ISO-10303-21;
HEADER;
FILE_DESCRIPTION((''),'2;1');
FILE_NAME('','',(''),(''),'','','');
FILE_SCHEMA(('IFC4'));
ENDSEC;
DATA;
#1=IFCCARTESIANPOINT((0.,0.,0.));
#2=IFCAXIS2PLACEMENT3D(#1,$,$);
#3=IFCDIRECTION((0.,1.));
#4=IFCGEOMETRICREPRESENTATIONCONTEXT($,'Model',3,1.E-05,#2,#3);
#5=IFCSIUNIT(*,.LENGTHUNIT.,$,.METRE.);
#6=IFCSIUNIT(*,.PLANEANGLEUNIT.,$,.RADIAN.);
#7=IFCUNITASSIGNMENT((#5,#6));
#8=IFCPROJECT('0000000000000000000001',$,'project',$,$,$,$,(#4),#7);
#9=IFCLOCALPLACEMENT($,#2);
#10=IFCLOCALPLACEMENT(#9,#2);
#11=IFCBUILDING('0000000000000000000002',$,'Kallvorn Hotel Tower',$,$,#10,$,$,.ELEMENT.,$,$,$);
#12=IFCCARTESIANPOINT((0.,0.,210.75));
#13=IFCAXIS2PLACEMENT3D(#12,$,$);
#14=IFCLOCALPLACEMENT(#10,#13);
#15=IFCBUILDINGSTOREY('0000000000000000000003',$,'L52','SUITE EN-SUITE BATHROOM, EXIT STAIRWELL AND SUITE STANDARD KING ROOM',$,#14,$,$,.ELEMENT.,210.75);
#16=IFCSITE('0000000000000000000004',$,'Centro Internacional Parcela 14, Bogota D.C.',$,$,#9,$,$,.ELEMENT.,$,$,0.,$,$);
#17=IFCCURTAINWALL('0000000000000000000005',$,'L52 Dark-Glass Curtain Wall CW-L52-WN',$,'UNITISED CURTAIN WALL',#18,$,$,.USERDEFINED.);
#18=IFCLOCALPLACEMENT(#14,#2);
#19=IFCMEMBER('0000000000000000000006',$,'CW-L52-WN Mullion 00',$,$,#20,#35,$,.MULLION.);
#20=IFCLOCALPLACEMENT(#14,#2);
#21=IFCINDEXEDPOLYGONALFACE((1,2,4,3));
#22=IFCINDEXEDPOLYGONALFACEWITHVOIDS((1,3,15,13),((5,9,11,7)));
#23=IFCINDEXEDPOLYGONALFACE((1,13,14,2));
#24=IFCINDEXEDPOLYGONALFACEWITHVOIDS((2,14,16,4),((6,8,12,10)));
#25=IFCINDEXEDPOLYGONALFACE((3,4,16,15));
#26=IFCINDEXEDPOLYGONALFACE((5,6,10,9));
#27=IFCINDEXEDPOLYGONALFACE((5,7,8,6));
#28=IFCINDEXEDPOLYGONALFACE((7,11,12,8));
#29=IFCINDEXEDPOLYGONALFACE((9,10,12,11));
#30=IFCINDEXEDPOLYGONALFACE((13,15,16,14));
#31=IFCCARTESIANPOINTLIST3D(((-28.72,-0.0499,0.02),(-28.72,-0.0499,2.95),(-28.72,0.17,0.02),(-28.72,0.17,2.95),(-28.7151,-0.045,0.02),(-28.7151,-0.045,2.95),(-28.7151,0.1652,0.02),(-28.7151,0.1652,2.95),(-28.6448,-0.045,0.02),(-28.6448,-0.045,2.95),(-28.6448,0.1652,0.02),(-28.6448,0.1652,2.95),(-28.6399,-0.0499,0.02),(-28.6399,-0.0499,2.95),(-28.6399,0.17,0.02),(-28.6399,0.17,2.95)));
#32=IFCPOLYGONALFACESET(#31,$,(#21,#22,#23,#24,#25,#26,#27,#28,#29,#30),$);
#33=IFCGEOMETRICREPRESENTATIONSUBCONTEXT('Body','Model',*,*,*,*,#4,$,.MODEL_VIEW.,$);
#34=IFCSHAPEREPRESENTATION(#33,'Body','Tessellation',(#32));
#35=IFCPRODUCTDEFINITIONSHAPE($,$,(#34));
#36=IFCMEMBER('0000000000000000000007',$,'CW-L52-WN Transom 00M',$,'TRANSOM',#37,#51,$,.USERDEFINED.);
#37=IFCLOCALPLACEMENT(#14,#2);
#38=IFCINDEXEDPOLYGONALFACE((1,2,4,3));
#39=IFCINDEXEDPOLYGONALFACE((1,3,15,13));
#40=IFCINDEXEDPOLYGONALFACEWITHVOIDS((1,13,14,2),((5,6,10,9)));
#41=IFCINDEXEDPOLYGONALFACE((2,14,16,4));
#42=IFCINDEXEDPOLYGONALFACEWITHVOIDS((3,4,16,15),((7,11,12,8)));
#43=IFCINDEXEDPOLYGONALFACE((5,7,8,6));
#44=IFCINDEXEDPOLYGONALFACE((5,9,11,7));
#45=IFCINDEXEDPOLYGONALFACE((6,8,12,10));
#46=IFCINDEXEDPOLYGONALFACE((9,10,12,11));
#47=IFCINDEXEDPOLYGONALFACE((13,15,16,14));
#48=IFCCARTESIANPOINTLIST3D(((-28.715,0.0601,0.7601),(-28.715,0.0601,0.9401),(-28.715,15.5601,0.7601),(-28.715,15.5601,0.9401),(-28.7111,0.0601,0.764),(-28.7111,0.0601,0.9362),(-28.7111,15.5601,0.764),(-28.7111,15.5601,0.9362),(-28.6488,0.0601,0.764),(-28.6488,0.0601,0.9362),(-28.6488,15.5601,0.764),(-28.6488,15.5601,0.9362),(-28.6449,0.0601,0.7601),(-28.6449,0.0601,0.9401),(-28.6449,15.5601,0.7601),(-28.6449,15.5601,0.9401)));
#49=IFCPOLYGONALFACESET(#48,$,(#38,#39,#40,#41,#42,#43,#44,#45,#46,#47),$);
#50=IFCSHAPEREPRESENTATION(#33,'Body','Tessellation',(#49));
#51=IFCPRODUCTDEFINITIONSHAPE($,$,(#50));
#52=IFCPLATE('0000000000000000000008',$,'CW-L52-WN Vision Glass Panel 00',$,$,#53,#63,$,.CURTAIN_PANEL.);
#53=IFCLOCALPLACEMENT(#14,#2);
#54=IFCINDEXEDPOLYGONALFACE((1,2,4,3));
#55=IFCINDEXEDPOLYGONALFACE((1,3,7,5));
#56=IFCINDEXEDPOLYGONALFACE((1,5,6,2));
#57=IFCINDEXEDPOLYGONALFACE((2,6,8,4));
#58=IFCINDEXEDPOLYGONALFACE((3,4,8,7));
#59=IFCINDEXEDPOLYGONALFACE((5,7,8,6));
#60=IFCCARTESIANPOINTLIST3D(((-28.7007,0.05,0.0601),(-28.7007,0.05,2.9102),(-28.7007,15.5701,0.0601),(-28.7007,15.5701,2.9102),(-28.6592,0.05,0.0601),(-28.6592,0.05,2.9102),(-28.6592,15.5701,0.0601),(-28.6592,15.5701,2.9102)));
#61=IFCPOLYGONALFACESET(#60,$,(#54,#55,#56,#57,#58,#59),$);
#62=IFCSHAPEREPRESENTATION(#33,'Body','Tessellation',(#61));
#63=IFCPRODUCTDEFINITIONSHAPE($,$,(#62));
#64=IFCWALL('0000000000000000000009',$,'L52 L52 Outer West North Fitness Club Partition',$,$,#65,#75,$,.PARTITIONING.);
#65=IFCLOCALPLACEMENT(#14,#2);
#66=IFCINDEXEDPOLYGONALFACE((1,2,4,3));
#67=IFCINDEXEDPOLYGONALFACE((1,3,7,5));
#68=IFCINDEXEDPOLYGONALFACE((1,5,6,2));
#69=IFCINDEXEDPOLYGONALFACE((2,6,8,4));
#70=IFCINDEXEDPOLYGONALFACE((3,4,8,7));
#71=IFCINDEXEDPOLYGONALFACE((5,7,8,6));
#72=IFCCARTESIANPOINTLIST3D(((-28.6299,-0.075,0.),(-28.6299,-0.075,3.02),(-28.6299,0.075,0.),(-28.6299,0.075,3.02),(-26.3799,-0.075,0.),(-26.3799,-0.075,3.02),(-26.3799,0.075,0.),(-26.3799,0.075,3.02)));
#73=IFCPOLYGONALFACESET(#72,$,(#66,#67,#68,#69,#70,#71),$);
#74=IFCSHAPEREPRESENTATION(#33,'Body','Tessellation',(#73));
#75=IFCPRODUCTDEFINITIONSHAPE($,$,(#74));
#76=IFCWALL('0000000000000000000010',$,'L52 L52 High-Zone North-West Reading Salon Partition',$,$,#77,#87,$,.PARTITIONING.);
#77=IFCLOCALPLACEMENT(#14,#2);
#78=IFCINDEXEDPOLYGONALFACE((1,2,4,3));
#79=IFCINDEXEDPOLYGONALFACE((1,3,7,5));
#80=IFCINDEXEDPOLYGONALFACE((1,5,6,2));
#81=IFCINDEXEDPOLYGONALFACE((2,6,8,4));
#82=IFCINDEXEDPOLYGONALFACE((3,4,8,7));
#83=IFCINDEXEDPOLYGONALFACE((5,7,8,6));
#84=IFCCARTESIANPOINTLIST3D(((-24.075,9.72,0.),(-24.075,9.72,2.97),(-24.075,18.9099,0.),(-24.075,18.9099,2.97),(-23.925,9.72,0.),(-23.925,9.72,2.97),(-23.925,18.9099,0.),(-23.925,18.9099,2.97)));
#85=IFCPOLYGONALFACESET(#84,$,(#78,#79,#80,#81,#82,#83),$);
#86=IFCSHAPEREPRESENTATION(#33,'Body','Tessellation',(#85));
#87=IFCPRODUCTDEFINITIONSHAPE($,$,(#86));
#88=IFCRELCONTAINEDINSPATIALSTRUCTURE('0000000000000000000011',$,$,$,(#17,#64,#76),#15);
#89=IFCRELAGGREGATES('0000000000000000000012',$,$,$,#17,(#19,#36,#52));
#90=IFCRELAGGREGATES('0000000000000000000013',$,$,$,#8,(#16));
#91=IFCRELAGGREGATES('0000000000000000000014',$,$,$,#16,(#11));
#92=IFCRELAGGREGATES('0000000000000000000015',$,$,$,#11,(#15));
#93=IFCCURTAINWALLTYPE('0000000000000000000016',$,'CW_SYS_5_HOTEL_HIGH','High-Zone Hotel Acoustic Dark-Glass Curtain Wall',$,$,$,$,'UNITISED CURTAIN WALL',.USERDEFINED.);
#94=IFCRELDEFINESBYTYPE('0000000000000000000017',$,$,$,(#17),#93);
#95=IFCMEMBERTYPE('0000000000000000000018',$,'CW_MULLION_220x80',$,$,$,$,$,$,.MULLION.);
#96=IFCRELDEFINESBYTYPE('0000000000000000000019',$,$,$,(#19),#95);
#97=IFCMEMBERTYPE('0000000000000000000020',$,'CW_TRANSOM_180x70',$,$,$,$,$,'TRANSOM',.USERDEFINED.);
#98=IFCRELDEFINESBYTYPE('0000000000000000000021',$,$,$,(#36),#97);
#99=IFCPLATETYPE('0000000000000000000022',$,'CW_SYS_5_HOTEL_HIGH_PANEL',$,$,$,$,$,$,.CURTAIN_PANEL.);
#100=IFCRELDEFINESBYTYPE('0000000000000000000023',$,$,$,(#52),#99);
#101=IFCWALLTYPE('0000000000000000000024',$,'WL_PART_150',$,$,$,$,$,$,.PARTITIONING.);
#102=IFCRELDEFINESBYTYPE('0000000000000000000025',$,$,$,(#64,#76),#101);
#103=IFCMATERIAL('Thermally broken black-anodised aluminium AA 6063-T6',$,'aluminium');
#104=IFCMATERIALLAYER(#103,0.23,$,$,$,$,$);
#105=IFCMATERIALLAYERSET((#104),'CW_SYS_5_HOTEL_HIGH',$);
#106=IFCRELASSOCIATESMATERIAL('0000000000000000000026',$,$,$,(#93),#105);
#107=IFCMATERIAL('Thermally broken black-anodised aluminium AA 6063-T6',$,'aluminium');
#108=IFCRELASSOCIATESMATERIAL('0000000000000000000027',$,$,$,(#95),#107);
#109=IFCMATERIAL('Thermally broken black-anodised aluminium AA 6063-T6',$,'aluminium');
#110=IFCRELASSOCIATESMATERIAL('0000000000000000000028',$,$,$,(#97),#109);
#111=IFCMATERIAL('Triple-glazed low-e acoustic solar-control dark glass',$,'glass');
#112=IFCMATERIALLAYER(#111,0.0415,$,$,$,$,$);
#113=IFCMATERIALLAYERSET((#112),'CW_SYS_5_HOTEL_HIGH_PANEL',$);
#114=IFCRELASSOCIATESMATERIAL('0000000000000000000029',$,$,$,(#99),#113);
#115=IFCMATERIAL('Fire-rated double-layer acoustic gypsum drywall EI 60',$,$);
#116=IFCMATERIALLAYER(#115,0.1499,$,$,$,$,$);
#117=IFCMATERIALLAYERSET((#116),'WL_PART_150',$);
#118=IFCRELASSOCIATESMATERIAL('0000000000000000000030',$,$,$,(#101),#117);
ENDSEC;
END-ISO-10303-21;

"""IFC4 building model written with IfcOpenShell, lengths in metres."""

from ifc_helpers import new_model, si_unit, direction, frame, frame_2d, origin, origin_2d, place, context, subcontext, project, spatial, rectangle, hollow_rectangle, extrude, material, layer, layer_set, material_profile, profile_set, type_object, element, aggregate, save


model = new_model("IFC4")

# Units and contexts
model_context = context("Model", 3, precision=1e-05, world=origin(), true_north=direction((0.0, 1.0)))
body_context = subcontext(model_context, "Body", "Model", "MODEL_VIEW")
ifc_project = project(units=[si_unit("LENGTHUNIT", "METRE"), si_unit("PLANEANGLEUNIT", "RADIAN")], contexts=[model_context])

# Site, building, storey
site_placement = place(None, origin())
site = spatial("IfcSite", under=ifc_project, at=site_placement, Name="Centro Internacional Parcela 14, Bogota D.C.", CompositionType="ELEMENT", RefElevation=0.0)
building_placement = place(site_placement, origin())
building = spatial("IfcBuilding", under=site, at=building_placement, Name="Kallvorn Hotel Tower", CompositionType="ELEMENT")
storey_placement = place(building_placement, frame((0.0, 0.0, 210.75)))
storey = spatial("IfcBuildingStorey", under=building, at=storey_placement, Name="L52", Description="SUITE EN-SUITE BATHROOM, EXIT STAIRWELL AND SUITE STANDARD KING ROOM", CompositionType="ELEMENT", Elevation=210.75)

# Curtain wall, members, plate
ifc_material_1 = material(Name="Thermally broken black-anodised aluminium AA 6063-T6", Category="aluminium")
ifc_layer_1 = layer(ifc_material_1, 0.23)
ifc_layer_set_1 = layer_set([ifc_layer_1], Name="CW_SYS_5_HOTEL_HIGH")
curtain_wall_type = type_object("IfcCurtainWallType", Name="CW_SYS_5_HOTEL_HIGH", Description="High-Zone Hotel Acoustic Dark-Glass Curtain Wall", ElementType="UNITISED CURTAIN WALL", PredefinedType="USERDEFINED", material=ifc_layer_set_1)
curtain_wall_placement = place(storey_placement, origin())
curtain_wall = element("IfcCurtainWall", 1, at=curtain_wall_placement, inside=storey, type_object=curtain_wall_type, Name="L52 Dark-Glass Curtain Wall CW-L52-WN", ObjectType="UNITISED CURTAIN WALL", PredefinedType="USERDEFINED")
ifc_material_2 = material(Name="Thermally broken black-anodised aluminium AA 6063-T6", Category="aluminium")
ifc_material_profile_1 = material_profile(ifc_material_2, hollow_rectangle(XDim=0.0801, YDim=0.22, WallThickness=0.0049, at=origin_2d()), Name="MUL 220x80")
ifc_profile_set_1 = profile_set([ifc_material_profile_1], Name="Thermally broken black-anodised aluminium AA 6063-T6")
member_type_1 = type_object("IfcMemberType", Name="CW_MULLION_220x80", PredefinedType="MULLION", material=ifc_profile_set_1)
member_1_placement = place(storey_placement, frame((-28.6799, 0.0601, 0.02), z_axis=(0.0, 0.0, 1.0), x_axis=(1.0, 0.0, 0.0)))
member_1 = element("IfcMember", 2, at=member_1_placement, type_object=member_type_1, Name="CW-L52-WN Mullion 00", PredefinedType="MULLION", context=body_context, shape_type="SweptSolid", body=[
    extrude(hollow_rectangle(XDim=0.0801, YDim=0.22, WallThickness=0.0049, at=origin_2d()), origin(), (0.0, 0.0, 1.0), 2.9299),
])
ifc_material_3 = material(Name="Thermally broken black-anodised aluminium AA 6063-T6", Category="aluminium")
ifc_material_profile_2 = material_profile(ifc_material_3, hollow_rectangle(XDim=0.0701, YDim=0.1799, WallThickness=0.0039, at=origin_2d()), Name="TRN 180x70")
ifc_profile_set_2 = profile_set([ifc_material_profile_2], Name="Thermally broken black-anodised aluminium AA 6063-T6")
member_type_2 = type_object("IfcMemberType", Name="CW_TRANSOM_180x70", ElementType="TRANSOM", PredefinedType="USERDEFINED", material=ifc_profile_set_2)
member_2_placement = place(storey_placement, frame((-28.6799, 0.0601, 0.8501), z_axis=(0.0, 1.0, 0.0), x_axis=(-1.0, 0.0, 0.0)))
member_2 = element("IfcMember", 3, at=member_2_placement, type_object=member_type_2, Name="CW-L52-WN Transom 00M", ObjectType="TRANSOM", PredefinedType="USERDEFINED", context=body_context, shape_type="SweptSolid", body=[
    extrude(hollow_rectangle(XDim=0.0701, YDim=0.1799, WallThickness=0.0039, at=origin_2d()), origin(), (0.0, 0.0, 1.0), 15.5),
])
ifc_material_4 = material(Name="Triple-glazed low-e acoustic solar-control dark glass", Category="glass")
ifc_layer_2 = layer(ifc_material_4, 0.0415)
ifc_layer_set_2 = layer_set([ifc_layer_2], Name="CW_SYS_5_HOTEL_HIGH_PANEL")
plate_type = type_object("IfcPlateType", Name="CW_SYS_5_HOTEL_HIGH_PANEL", PredefinedType="CURTAIN_PANEL", material=ifc_layer_set_2)
plate_placement = place(storey_placement, frame((-28.6799, 7.8101, 0.0601), z_axis=(0.0, 0.0, 1.0), x_axis=(0.0, 1.0, 0.0)))
plate = element("IfcPlate", 4, at=plate_placement, type_object=plate_type, Name="CW-L52-WN Vision Glass Panel 00", PredefinedType="CURTAIN_PANEL", context=body_context, shape_type="SweptSolid", body=[
    extrude(rectangle(XDim=15.52, YDim=0.0415, at=origin_2d()), origin(), (0.0, 0.0, 1.0), 2.8501),
])
aggregate(curtain_wall, [member_1, member_2, plate])

# Walls
ifc_material_5 = material(Name="Fire-rated double-layer acoustic gypsum drywall EI 60")
ifc_layer_3 = layer(ifc_material_5, 0.1499)
ifc_layer_set_3 = layer_set([ifc_layer_3], Name="WL_PART_150")
wall_type = type_object("IfcWallType", Name="WL_PART_150", PredefinedType="PARTITIONING", material=ifc_layer_set_3)
wall_1_placement = place(storey_placement, frame((-28.6299, 0.0, 0.0), z_axis=(0.0, 0.0, 1.0), x_axis=(1.0, 0.0, 0.0)))
element("IfcWall", 5, at=wall_1_placement, inside=storey, type_object=wall_type, Name="L52 L52 Outer West North Fitness Club Partition", PredefinedType="PARTITIONING", context=body_context, shape_type="SweptSolid", body=[
    extrude(rectangle(XDim=2.25, YDim=0.1499, at=frame_2d((1.125, 0.0))), origin(), (0.0, 0.0, 1.0), 3.02),
])
wall_2_placement = place(storey_placement, frame((-24.0, 9.72, 0.0), z_axis=(0.0, 0.0, 1.0), x_axis=(0.0, 1.0, 0.0)))
element("IfcWall", 6, at=wall_2_placement, inside=storey, type_object=wall_type, Name="L52 L52 High-Zone North-West Reading Salon Partition", PredefinedType="PARTITIONING", context=body_context, shape_type="SweptSolid", body=[
    extrude(rectangle(XDim=9.1899, YDim=0.1499, at=frame_2d((4.595, 0.0))), origin(), (0.0, 0.0, 1.0), 2.97),
])

save(model, "model.ifc")
